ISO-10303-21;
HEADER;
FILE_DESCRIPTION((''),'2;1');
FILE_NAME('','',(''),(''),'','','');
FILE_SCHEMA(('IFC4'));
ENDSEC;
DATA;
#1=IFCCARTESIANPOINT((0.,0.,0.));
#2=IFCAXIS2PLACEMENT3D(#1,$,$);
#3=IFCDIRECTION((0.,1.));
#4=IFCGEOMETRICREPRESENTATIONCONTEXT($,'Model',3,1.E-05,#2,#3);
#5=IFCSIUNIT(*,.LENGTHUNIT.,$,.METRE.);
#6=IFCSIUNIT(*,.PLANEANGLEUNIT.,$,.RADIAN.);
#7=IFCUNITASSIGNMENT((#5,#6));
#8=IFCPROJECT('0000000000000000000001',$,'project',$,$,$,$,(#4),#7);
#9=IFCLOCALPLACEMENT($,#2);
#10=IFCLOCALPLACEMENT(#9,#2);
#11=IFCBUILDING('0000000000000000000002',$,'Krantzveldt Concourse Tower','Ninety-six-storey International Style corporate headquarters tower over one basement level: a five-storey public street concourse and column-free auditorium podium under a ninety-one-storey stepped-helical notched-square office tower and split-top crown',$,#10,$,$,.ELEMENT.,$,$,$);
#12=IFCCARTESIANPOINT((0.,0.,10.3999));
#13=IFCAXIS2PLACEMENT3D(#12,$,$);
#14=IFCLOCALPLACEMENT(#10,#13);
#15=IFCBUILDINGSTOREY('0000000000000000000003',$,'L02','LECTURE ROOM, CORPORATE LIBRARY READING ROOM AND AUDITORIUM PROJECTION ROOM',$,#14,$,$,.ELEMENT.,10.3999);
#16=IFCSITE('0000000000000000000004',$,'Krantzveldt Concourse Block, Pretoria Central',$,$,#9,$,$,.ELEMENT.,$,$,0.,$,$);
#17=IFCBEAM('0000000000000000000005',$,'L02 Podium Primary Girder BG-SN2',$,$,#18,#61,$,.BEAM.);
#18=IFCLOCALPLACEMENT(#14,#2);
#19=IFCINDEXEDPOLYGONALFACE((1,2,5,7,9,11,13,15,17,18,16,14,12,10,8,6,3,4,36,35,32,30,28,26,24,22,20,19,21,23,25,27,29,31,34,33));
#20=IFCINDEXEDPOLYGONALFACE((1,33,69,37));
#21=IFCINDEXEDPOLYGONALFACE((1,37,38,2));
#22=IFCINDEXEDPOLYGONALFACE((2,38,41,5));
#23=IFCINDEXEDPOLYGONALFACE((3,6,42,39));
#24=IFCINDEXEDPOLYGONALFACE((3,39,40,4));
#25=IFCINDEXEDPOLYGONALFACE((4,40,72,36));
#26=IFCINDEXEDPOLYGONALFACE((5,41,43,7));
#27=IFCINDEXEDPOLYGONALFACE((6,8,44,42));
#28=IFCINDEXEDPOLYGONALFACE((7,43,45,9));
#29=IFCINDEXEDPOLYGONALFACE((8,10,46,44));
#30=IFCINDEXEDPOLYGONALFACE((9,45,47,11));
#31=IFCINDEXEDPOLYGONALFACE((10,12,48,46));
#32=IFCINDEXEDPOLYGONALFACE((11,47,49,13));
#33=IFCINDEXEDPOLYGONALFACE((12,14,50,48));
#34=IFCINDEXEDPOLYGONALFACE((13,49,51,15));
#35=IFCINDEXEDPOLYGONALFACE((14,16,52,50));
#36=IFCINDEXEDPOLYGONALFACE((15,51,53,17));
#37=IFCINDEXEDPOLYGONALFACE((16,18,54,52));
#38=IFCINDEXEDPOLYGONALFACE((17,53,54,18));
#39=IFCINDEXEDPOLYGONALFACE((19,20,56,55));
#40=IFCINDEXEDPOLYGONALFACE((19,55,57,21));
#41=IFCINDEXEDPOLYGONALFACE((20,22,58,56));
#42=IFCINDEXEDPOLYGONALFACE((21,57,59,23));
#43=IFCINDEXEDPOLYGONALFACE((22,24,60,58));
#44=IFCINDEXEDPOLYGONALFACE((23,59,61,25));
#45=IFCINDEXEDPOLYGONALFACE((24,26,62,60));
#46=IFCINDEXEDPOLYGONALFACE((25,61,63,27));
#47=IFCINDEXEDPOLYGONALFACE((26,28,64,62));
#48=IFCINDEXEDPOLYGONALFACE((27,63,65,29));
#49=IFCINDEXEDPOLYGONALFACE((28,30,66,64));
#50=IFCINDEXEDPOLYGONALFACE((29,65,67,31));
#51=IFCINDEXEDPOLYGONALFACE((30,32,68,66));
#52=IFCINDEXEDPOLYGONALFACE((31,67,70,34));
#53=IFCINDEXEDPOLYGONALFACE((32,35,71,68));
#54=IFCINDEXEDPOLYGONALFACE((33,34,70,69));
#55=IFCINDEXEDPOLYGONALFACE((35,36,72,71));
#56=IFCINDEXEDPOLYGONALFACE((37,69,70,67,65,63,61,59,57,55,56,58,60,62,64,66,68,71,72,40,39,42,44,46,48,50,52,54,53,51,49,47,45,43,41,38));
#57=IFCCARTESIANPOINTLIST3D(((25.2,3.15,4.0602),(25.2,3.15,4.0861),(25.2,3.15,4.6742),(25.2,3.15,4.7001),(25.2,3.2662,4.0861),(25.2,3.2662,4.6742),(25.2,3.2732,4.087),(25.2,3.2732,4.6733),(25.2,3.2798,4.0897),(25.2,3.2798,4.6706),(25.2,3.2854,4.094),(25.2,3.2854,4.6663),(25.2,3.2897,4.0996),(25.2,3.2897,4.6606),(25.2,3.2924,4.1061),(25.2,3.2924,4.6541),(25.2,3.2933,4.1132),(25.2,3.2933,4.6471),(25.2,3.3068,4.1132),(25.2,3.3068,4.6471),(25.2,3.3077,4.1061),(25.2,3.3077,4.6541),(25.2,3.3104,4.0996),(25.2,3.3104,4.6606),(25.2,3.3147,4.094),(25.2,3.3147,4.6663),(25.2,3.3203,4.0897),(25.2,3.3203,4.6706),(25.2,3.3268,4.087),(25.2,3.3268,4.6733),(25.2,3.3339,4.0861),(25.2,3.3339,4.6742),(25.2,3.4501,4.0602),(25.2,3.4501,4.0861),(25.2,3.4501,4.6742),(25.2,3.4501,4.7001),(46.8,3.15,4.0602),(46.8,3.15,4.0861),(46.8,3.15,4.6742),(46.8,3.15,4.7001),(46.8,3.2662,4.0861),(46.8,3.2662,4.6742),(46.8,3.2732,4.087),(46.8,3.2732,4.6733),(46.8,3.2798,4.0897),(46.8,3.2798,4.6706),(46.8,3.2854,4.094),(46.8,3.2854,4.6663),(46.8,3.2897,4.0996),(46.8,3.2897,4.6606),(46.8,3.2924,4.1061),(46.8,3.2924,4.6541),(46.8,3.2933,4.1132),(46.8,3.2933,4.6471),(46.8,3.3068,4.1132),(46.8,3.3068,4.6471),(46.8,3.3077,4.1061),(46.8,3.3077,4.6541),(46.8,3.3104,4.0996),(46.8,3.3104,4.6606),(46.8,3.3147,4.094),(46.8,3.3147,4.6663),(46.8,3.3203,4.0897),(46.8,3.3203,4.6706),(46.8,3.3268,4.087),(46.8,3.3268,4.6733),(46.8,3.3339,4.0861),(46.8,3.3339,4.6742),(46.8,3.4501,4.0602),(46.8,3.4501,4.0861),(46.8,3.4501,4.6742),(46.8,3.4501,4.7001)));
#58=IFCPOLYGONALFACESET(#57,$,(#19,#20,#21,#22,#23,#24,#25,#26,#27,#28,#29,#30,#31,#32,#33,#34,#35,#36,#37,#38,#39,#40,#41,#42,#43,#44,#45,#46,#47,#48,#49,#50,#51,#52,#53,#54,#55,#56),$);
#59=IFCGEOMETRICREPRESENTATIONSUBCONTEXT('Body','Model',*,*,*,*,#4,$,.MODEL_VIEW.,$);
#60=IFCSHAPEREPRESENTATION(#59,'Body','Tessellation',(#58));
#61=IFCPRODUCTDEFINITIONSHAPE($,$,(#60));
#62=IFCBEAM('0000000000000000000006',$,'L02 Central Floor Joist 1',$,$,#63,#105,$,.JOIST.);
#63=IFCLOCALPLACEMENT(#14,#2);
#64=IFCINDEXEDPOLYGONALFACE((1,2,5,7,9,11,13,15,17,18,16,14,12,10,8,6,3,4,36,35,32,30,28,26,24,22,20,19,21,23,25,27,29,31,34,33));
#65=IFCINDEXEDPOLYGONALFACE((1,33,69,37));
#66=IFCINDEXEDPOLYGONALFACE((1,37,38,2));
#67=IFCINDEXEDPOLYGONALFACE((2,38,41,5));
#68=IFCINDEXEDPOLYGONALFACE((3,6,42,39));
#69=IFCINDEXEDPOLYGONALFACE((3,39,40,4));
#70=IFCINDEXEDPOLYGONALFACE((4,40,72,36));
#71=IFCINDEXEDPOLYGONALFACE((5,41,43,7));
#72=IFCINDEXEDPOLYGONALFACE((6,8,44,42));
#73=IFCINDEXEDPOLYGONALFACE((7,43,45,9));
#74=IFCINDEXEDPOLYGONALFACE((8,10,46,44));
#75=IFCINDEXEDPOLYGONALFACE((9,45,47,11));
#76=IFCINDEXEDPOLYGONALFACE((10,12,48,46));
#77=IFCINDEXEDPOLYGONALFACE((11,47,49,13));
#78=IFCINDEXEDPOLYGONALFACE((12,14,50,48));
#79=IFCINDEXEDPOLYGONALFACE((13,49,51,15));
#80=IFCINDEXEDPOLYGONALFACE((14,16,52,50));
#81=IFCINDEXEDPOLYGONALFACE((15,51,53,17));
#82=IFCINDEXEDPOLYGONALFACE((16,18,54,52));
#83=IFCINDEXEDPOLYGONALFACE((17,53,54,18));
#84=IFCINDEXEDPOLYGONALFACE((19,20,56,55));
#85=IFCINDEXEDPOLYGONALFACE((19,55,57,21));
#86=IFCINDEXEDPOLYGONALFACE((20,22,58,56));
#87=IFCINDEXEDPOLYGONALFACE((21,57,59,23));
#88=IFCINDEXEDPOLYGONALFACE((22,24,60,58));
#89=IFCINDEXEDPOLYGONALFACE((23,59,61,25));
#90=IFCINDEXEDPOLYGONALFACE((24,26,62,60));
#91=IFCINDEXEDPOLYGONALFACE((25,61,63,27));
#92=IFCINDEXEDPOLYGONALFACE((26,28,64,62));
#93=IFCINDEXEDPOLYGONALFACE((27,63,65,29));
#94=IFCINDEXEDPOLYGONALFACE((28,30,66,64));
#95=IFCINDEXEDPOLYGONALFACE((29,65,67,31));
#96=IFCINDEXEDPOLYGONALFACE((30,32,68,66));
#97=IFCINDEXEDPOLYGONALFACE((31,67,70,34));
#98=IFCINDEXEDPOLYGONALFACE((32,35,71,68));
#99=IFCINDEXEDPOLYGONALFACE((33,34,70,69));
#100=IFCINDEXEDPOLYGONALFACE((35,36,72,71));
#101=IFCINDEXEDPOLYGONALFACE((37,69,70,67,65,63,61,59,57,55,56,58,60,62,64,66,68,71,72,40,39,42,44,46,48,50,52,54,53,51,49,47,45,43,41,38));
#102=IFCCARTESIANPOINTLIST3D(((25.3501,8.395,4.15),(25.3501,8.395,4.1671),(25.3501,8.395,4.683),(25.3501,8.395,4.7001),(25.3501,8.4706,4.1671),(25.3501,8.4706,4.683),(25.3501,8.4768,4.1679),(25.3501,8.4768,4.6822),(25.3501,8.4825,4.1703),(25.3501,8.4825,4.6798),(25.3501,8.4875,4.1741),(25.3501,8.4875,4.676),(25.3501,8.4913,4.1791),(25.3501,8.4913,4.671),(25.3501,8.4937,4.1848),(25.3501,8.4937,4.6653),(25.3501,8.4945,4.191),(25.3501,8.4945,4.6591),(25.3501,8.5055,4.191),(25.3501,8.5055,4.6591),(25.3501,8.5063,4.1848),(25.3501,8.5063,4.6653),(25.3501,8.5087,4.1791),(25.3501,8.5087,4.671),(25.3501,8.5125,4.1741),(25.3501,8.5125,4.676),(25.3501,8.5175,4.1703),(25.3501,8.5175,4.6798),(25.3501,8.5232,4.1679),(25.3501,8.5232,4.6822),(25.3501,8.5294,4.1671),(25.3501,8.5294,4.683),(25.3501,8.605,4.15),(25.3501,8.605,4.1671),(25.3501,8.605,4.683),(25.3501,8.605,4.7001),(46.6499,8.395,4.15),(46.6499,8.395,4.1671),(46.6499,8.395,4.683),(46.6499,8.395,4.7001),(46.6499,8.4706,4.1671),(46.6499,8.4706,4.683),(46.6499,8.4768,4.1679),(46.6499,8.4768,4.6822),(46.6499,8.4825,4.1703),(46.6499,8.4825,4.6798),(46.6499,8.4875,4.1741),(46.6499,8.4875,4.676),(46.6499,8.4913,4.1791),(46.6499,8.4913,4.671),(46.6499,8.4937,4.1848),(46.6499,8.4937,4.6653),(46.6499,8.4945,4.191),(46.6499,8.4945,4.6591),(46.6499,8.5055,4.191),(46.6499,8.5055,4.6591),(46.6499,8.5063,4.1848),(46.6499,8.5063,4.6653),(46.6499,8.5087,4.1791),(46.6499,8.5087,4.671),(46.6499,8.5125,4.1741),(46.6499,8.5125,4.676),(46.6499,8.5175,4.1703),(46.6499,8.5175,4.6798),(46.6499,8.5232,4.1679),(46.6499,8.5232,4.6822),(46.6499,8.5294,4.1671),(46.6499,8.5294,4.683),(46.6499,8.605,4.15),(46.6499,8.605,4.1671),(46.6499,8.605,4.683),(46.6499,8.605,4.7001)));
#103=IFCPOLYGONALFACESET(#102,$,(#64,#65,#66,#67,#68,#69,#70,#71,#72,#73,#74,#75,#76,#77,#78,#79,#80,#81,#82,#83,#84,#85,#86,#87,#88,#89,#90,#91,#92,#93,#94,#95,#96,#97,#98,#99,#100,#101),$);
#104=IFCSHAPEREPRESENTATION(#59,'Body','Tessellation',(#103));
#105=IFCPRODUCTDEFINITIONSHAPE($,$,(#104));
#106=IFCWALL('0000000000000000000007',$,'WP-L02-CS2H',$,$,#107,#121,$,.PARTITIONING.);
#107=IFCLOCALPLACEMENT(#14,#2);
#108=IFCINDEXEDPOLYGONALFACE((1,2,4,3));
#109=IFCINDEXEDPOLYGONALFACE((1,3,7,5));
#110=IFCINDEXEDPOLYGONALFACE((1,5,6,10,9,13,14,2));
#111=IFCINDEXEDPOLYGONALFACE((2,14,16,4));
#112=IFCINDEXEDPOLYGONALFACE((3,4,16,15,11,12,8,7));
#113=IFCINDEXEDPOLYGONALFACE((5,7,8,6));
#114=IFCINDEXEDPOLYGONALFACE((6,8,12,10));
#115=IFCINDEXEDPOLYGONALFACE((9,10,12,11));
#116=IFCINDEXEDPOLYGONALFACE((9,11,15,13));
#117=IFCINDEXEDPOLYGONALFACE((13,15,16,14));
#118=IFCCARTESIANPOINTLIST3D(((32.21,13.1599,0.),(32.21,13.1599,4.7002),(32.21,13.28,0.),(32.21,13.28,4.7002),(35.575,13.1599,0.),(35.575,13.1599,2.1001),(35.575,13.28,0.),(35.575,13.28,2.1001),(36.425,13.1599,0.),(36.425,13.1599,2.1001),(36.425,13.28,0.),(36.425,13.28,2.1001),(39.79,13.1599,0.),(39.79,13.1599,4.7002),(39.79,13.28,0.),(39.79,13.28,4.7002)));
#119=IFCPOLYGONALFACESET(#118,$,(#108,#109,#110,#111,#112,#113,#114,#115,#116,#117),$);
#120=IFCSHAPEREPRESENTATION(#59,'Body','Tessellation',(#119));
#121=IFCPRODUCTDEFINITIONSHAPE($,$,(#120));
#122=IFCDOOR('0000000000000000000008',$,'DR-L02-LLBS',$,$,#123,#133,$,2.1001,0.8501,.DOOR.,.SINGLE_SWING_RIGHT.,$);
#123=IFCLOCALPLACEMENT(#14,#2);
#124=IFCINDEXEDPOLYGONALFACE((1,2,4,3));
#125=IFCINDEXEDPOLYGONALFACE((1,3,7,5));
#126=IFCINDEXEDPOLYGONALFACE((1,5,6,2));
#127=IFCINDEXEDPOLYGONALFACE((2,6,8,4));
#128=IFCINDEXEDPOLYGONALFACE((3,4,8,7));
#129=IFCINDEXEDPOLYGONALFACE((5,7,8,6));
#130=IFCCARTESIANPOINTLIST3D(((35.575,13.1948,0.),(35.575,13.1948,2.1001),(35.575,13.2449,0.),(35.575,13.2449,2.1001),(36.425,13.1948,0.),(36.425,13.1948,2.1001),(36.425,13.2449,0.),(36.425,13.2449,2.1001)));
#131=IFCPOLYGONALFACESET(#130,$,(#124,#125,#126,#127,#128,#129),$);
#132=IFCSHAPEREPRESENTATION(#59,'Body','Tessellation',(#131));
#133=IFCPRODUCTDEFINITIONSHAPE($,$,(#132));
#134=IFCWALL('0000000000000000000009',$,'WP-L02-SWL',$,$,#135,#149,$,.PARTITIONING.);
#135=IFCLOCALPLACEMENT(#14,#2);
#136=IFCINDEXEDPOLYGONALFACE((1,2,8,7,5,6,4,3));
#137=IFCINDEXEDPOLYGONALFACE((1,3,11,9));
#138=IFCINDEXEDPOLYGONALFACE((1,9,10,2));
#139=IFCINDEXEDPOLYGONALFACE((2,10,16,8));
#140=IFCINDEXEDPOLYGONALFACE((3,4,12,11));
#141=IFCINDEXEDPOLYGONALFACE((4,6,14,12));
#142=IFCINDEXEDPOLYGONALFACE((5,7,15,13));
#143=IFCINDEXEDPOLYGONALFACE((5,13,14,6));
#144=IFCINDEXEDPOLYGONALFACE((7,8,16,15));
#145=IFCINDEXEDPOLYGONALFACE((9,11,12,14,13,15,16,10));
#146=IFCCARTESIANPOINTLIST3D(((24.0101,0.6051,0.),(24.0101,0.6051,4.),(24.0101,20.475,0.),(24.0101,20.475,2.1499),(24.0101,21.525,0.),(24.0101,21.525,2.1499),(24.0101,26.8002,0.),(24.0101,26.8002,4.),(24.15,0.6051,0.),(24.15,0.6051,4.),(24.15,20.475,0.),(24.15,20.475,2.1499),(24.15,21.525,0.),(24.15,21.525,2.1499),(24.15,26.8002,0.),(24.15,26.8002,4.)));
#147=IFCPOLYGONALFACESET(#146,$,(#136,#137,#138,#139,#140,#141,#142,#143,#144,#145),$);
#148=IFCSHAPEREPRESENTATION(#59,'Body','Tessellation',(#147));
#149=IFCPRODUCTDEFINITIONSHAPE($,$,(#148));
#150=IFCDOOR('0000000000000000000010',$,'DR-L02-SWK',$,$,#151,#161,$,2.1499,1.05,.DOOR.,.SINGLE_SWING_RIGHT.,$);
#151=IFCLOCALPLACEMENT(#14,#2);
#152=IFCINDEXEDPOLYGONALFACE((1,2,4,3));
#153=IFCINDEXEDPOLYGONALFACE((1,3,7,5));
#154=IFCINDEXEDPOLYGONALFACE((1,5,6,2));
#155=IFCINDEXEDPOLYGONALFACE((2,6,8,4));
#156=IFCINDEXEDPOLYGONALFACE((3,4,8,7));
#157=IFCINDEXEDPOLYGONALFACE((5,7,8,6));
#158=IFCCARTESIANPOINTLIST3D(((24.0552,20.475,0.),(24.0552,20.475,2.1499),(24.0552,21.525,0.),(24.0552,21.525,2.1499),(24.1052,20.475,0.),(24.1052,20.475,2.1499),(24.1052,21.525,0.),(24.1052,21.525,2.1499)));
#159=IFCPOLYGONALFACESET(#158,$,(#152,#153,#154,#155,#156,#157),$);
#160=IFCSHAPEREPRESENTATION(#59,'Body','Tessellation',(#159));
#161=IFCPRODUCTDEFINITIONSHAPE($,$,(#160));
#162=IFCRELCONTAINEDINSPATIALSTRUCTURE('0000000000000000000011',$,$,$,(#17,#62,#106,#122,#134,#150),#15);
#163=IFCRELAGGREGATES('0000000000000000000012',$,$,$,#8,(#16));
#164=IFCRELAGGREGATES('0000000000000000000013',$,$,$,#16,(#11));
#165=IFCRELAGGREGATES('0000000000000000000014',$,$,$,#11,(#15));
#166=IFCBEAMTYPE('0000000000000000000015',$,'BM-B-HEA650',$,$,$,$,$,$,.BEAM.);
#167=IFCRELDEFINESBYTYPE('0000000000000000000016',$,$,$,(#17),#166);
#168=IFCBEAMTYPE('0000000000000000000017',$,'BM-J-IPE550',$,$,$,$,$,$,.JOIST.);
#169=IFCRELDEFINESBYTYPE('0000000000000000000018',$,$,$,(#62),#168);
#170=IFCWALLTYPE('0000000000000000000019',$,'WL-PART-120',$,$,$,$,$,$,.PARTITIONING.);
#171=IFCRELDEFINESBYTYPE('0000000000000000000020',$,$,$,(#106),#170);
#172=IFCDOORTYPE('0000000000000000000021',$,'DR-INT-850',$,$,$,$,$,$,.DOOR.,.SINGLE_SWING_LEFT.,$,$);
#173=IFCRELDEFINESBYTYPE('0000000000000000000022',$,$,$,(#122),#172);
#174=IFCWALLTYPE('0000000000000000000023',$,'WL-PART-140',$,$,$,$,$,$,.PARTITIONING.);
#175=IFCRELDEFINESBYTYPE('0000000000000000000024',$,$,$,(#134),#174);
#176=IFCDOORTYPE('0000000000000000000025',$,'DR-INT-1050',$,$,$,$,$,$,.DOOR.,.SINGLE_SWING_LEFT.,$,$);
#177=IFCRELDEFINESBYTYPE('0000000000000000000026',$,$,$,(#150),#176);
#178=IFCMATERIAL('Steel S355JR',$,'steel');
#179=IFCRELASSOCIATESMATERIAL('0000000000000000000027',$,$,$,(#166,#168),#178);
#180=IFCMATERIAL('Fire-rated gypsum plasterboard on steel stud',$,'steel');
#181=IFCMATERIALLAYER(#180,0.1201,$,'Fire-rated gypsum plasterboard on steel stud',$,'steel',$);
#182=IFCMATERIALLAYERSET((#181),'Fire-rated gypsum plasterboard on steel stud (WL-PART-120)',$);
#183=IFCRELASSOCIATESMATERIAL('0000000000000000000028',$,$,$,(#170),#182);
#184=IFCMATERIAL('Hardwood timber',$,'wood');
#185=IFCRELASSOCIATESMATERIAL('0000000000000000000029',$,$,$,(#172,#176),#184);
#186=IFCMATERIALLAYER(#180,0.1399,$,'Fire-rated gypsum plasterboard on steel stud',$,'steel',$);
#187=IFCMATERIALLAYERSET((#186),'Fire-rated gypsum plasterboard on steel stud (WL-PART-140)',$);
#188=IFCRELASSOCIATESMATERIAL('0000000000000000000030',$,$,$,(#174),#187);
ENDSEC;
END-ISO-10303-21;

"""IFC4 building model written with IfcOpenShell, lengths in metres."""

from ifc_helpers import new_model, si_unit, direction, frame, frame_2d, origin, origin_2d, place, context, subcontext, project, spatial, rectangle, i_section, extrude, source, transform, mapped, material, layer, layer_set, material_profile, profile_set, type_object, type_shapes, element, fill, save


model = new_model("IFC4")

# Units and contexts
model_context = context("Model", 3, precision=1e-05, world=origin(), true_north=direction((0.0, 1.0)))
body_context = subcontext(model_context, "Body", "Model", "MODEL_VIEW")
ifc_project = project(units=[si_unit("LENGTHUNIT", "METRE"), si_unit("PLANEANGLEUNIT", "RADIAN")], contexts=[model_context])

# Site, building, storey
site_placement = place(None, origin())
site = spatial("IfcSite", under=ifc_project, at=site_placement, Name="Krantzveldt Concourse Block, Pretoria Central", CompositionType="ELEMENT", RefElevation=0.0)
building_placement = place(site_placement, origin())
building = spatial("IfcBuilding", under=site, at=building_placement, Name="Krantzveldt Concourse Tower", Description="Ninety-six-storey International Style corporate headquarters tower over one basement level: a five-storey public street concourse and column-free auditorium podium under a ninety-one-storey stepped-helical notched-square office tower and split-top crown", CompositionType="ELEMENT")
storey_placement = place(building_placement, frame((0.0, 0.0, 10.3999)))
storey = spatial("IfcBuildingStorey", under=building, at=storey_placement, Name="L02", Description="LECTURE ROOM, CORPORATE LIBRARY READING ROOM AND AUDITORIUM PROJECTION ROOM", CompositionType="ELEMENT", Elevation=10.3999)

# Beams
ifc_material_1 = material(Name="Steel S355JR", Category="steel")
ifc_material_profile_1 = material_profile(ifc_material_1, i_section(OverallWidth=0.3, OverallDepth=0.6399, WebThickness=0.0134, FlangeThickness=0.0259, FilletRadius=0.0271, at=origin_2d()), Name="Steel S355JR", Category="steel")
ifc_profile_set_1 = profile_set([ifc_material_profile_1], Name="Steel S355JR - HEA 650")
beam_type_1 = type_object("IfcBeamType", Name="BM-B-HEA650", PredefinedType="BEAM", material=ifc_profile_set_1)
shared_shape_1 = source(origin(), body_context, "Body", "SweptSolid", [
    extrude(i_section(OverallWidth=0.3, OverallDepth=0.6399, WebThickness=0.0134, FlangeThickness=0.0259, FilletRadius=0.0271, at=origin_2d()), origin(), (0.0, 0.0, 1.0), 21.6001),
])
type_shapes(beam_type_1, [shared_shape_1])
beam_1_placement = place(storey_placement, frame((25.2, 3.3, 4.3801), z_axis=(1.0, 0.0, 0.0), x_axis=(0.0, 1.0, 0.0)))
element("IfcBeam", 1, at=beam_1_placement, inside=storey, type_object=beam_type_1, Name="L02 Podium Primary Girder BG-SN2", PredefinedType="BEAM", context=body_context, shape_type="MappedRepresentation", body=[
    mapped(shared_shape_1, transform((0.0, 0.0, 0.0), x_axis=(1.0, 0.0, 0.0), y_axis=(0.0, 1.0, 0.0), z_axis=(0.0, 0.0, 1.0), scale=1.0)),
])
ifc_material_profile_2 = material_profile(ifc_material_1, i_section(OverallWidth=0.21, OverallDepth=0.55, WebThickness=0.011, FlangeThickness=0.0171, FilletRadius=0.0239, at=origin_2d()), Name="Steel S355JR", Category="steel")
ifc_profile_set_2 = profile_set([ifc_material_profile_2], Name="Steel S355JR - IPE 550")
beam_type_2 = type_object("IfcBeamType", Name="BM-J-IPE550", PredefinedType="JOIST", material=ifc_profile_set_2)
shared_shape_2 = source(origin(), body_context, "Body", "SweptSolid", [
    extrude(i_section(OverallWidth=0.21, OverallDepth=0.55, WebThickness=0.011, FlangeThickness=0.0171, FilletRadius=0.0239, at=origin_2d()), origin(), (0.0, 0.0, 1.0), 21.2998),
])
type_shapes(beam_type_2, [shared_shape_2])
beam_2_placement = place(storey_placement, frame((25.3501, 8.5, 4.425), z_axis=(1.0, 0.0, 0.0), x_axis=(0.0, 1.0, 0.0)))
element("IfcBeam", 2, at=beam_2_placement, inside=storey, type_object=beam_type_2, Name="L02 Central Floor Joist 1", PredefinedType="JOIST", context=body_context, shape_type="MappedRepresentation", body=[
    mapped(shared_shape_2, transform((0.0, 0.0, 0.0), x_axis=(1.0, 0.0, 0.0), y_axis=(0.0, 1.0, 0.0), z_axis=(0.0, 0.0, 1.0), scale=1.0)),
])

# Walls, openings, doors
ifc_material_2 = material(Name="Fire-rated gypsum plasterboard on steel stud", Category="steel")
ifc_layer_1 = layer(ifc_material_2, 0.1201, Name="Fire-rated gypsum plasterboard on steel stud", Category="steel")
ifc_layer_set_1 = layer_set([ifc_layer_1], Name="Fire-rated gypsum plasterboard on steel stud (WL-PART-120)")
wall_type_1 = type_object("IfcWallType", Name="WL-PART-120", PredefinedType="PARTITIONING", material=ifc_layer_set_1)
wall_1_placement = place(storey_placement, frame((32.21, 13.22, 0.0), z_axis=(0.0, 0.0, 1.0), x_axis=(1.0, 0.0, 0.0)))
wall_1 = element("IfcWall", 3, at=wall_1_placement, inside=storey, type_object=wall_type_1, Name="WP-L02-CS2H", PredefinedType="PARTITIONING", context=body_context, shape_type="SweptSolid", body=[
    extrude(rectangle(XDim=7.5801, YDim=0.1201, at=frame_2d((3.79, 0.0))), origin(), (0.0, 0.0, 1.0), 4.7002),
])
opening_1_placement = place(wall_1_placement, frame((3.365, 0.0, 0.0)))
opening_1 = element("IfcOpeningElement", 4, at=opening_1_placement, cuts=wall_1, PredefinedType="OPENING", context=body_context, shape_type="SweptSolid", body=[
    extrude(rectangle(XDim=0.8501, YDim=2.1001, at=frame_2d((0.425, 1.05))), frame((0.0, 0.0701, 0.0), z_axis=(0.0, -1.0, 0.0), x_axis=(1.0, 0.0, 0.0)), (0.0, 0.0, 1.0), 0.1401),
])
ifc_material_3 = material(Name="Hardwood timber", Category="wood")
door_type_1 = type_object("IfcDoorType", Name="DR-INT-850", OperationType="SINGLE_SWING_LEFT", PredefinedType="DOOR", material=ifc_material_3)
door_1_placement = place(opening_1_placement, origin())
door_1 = element("IfcDoor", 5, at=door_1_placement, inside=storey, type_object=door_type_1, Name="DR-L02-LLBS", OperationType="SINGLE_SWING_RIGHT", OverallHeight=2.1001, OverallWidth=0.8501, PredefinedType="DOOR", context=body_context, shape_type="SweptSolid", body=[
    extrude(rectangle(XDim=0.8501, YDim=2.1001, at=frame_2d((0.425, 1.05))), frame((0.0, 0.0249, 0.0), z_axis=(0.0, -1.0, 0.0), x_axis=(1.0, 0.0, 0.0)), (0.0, 0.0, 1.0), 0.05),
])
fill(opening_1, door_1)
ifc_layer_2 = layer(ifc_material_2, 0.1399, Name="Fire-rated gypsum plasterboard on steel stud", Category="steel")
ifc_layer_set_2 = layer_set([ifc_layer_2], Name="Fire-rated gypsum plasterboard on steel stud (WL-PART-140)")
wall_type_2 = type_object("IfcWallType", Name="WL-PART-140", PredefinedType="PARTITIONING", material=ifc_layer_set_2)
wall_2_placement = place(storey_placement, frame((24.0801, 0.605, 0.0), z_axis=(0.0, 0.0, 1.0), x_axis=(0.0, 1.0, 0.0)))
wall_2 = element("IfcWall", 6, at=wall_2_placement, inside=storey, type_object=wall_type_2, Name="WP-L02-SWL", PredefinedType="PARTITIONING", context=body_context, shape_type="SweptSolid", body=[
    extrude(rectangle(XDim=26.1951, YDim=0.1399, at=frame_2d((13.0977, 0.0))), origin(), (0.0, 0.0, 1.0), 4.0),
])
opening_2_placement = place(wall_2_placement, frame((19.8701, 0.0, 0.0)))
opening_2 = element("IfcOpeningElement", 7, at=opening_2_placement, cuts=wall_2, PredefinedType="OPENING", context=body_context, shape_type="SweptSolid", body=[
    extrude(rectangle(XDim=1.05, YDim=2.1499, at=frame_2d((0.5249, 1.075))), frame((0.0, 0.0801, 0.0), z_axis=(0.0, -1.0, 0.0), x_axis=(1.0, 0.0, 0.0)), (0.0, 0.0, 1.0), 0.1599),
])
door_type_2 = type_object("IfcDoorType", Name="DR-INT-1050", OperationType="SINGLE_SWING_LEFT", PredefinedType="DOOR", material=ifc_material_3)
door_2_placement = place(opening_2_placement, origin())
door_2 = element("IfcDoor", 8, at=door_2_placement, inside=storey, type_object=door_type_2, Name="DR-L02-SWK", OperationType="SINGLE_SWING_RIGHT", OverallHeight=2.1499, OverallWidth=1.05, PredefinedType="DOOR", context=body_context, shape_type="SweptSolid", body=[
    extrude(rectangle(XDim=1.05, YDim=2.1499, at=frame_2d((0.5249, 1.075))), frame((0.0, 0.0249, 0.0), z_axis=(0.0, -1.0, 0.0), x_axis=(1.0, 0.0, 0.0)), (0.0, 0.0, 1.0), 0.05),
])
fill(opening_2, door_2)

save(model, "model.ifc")
